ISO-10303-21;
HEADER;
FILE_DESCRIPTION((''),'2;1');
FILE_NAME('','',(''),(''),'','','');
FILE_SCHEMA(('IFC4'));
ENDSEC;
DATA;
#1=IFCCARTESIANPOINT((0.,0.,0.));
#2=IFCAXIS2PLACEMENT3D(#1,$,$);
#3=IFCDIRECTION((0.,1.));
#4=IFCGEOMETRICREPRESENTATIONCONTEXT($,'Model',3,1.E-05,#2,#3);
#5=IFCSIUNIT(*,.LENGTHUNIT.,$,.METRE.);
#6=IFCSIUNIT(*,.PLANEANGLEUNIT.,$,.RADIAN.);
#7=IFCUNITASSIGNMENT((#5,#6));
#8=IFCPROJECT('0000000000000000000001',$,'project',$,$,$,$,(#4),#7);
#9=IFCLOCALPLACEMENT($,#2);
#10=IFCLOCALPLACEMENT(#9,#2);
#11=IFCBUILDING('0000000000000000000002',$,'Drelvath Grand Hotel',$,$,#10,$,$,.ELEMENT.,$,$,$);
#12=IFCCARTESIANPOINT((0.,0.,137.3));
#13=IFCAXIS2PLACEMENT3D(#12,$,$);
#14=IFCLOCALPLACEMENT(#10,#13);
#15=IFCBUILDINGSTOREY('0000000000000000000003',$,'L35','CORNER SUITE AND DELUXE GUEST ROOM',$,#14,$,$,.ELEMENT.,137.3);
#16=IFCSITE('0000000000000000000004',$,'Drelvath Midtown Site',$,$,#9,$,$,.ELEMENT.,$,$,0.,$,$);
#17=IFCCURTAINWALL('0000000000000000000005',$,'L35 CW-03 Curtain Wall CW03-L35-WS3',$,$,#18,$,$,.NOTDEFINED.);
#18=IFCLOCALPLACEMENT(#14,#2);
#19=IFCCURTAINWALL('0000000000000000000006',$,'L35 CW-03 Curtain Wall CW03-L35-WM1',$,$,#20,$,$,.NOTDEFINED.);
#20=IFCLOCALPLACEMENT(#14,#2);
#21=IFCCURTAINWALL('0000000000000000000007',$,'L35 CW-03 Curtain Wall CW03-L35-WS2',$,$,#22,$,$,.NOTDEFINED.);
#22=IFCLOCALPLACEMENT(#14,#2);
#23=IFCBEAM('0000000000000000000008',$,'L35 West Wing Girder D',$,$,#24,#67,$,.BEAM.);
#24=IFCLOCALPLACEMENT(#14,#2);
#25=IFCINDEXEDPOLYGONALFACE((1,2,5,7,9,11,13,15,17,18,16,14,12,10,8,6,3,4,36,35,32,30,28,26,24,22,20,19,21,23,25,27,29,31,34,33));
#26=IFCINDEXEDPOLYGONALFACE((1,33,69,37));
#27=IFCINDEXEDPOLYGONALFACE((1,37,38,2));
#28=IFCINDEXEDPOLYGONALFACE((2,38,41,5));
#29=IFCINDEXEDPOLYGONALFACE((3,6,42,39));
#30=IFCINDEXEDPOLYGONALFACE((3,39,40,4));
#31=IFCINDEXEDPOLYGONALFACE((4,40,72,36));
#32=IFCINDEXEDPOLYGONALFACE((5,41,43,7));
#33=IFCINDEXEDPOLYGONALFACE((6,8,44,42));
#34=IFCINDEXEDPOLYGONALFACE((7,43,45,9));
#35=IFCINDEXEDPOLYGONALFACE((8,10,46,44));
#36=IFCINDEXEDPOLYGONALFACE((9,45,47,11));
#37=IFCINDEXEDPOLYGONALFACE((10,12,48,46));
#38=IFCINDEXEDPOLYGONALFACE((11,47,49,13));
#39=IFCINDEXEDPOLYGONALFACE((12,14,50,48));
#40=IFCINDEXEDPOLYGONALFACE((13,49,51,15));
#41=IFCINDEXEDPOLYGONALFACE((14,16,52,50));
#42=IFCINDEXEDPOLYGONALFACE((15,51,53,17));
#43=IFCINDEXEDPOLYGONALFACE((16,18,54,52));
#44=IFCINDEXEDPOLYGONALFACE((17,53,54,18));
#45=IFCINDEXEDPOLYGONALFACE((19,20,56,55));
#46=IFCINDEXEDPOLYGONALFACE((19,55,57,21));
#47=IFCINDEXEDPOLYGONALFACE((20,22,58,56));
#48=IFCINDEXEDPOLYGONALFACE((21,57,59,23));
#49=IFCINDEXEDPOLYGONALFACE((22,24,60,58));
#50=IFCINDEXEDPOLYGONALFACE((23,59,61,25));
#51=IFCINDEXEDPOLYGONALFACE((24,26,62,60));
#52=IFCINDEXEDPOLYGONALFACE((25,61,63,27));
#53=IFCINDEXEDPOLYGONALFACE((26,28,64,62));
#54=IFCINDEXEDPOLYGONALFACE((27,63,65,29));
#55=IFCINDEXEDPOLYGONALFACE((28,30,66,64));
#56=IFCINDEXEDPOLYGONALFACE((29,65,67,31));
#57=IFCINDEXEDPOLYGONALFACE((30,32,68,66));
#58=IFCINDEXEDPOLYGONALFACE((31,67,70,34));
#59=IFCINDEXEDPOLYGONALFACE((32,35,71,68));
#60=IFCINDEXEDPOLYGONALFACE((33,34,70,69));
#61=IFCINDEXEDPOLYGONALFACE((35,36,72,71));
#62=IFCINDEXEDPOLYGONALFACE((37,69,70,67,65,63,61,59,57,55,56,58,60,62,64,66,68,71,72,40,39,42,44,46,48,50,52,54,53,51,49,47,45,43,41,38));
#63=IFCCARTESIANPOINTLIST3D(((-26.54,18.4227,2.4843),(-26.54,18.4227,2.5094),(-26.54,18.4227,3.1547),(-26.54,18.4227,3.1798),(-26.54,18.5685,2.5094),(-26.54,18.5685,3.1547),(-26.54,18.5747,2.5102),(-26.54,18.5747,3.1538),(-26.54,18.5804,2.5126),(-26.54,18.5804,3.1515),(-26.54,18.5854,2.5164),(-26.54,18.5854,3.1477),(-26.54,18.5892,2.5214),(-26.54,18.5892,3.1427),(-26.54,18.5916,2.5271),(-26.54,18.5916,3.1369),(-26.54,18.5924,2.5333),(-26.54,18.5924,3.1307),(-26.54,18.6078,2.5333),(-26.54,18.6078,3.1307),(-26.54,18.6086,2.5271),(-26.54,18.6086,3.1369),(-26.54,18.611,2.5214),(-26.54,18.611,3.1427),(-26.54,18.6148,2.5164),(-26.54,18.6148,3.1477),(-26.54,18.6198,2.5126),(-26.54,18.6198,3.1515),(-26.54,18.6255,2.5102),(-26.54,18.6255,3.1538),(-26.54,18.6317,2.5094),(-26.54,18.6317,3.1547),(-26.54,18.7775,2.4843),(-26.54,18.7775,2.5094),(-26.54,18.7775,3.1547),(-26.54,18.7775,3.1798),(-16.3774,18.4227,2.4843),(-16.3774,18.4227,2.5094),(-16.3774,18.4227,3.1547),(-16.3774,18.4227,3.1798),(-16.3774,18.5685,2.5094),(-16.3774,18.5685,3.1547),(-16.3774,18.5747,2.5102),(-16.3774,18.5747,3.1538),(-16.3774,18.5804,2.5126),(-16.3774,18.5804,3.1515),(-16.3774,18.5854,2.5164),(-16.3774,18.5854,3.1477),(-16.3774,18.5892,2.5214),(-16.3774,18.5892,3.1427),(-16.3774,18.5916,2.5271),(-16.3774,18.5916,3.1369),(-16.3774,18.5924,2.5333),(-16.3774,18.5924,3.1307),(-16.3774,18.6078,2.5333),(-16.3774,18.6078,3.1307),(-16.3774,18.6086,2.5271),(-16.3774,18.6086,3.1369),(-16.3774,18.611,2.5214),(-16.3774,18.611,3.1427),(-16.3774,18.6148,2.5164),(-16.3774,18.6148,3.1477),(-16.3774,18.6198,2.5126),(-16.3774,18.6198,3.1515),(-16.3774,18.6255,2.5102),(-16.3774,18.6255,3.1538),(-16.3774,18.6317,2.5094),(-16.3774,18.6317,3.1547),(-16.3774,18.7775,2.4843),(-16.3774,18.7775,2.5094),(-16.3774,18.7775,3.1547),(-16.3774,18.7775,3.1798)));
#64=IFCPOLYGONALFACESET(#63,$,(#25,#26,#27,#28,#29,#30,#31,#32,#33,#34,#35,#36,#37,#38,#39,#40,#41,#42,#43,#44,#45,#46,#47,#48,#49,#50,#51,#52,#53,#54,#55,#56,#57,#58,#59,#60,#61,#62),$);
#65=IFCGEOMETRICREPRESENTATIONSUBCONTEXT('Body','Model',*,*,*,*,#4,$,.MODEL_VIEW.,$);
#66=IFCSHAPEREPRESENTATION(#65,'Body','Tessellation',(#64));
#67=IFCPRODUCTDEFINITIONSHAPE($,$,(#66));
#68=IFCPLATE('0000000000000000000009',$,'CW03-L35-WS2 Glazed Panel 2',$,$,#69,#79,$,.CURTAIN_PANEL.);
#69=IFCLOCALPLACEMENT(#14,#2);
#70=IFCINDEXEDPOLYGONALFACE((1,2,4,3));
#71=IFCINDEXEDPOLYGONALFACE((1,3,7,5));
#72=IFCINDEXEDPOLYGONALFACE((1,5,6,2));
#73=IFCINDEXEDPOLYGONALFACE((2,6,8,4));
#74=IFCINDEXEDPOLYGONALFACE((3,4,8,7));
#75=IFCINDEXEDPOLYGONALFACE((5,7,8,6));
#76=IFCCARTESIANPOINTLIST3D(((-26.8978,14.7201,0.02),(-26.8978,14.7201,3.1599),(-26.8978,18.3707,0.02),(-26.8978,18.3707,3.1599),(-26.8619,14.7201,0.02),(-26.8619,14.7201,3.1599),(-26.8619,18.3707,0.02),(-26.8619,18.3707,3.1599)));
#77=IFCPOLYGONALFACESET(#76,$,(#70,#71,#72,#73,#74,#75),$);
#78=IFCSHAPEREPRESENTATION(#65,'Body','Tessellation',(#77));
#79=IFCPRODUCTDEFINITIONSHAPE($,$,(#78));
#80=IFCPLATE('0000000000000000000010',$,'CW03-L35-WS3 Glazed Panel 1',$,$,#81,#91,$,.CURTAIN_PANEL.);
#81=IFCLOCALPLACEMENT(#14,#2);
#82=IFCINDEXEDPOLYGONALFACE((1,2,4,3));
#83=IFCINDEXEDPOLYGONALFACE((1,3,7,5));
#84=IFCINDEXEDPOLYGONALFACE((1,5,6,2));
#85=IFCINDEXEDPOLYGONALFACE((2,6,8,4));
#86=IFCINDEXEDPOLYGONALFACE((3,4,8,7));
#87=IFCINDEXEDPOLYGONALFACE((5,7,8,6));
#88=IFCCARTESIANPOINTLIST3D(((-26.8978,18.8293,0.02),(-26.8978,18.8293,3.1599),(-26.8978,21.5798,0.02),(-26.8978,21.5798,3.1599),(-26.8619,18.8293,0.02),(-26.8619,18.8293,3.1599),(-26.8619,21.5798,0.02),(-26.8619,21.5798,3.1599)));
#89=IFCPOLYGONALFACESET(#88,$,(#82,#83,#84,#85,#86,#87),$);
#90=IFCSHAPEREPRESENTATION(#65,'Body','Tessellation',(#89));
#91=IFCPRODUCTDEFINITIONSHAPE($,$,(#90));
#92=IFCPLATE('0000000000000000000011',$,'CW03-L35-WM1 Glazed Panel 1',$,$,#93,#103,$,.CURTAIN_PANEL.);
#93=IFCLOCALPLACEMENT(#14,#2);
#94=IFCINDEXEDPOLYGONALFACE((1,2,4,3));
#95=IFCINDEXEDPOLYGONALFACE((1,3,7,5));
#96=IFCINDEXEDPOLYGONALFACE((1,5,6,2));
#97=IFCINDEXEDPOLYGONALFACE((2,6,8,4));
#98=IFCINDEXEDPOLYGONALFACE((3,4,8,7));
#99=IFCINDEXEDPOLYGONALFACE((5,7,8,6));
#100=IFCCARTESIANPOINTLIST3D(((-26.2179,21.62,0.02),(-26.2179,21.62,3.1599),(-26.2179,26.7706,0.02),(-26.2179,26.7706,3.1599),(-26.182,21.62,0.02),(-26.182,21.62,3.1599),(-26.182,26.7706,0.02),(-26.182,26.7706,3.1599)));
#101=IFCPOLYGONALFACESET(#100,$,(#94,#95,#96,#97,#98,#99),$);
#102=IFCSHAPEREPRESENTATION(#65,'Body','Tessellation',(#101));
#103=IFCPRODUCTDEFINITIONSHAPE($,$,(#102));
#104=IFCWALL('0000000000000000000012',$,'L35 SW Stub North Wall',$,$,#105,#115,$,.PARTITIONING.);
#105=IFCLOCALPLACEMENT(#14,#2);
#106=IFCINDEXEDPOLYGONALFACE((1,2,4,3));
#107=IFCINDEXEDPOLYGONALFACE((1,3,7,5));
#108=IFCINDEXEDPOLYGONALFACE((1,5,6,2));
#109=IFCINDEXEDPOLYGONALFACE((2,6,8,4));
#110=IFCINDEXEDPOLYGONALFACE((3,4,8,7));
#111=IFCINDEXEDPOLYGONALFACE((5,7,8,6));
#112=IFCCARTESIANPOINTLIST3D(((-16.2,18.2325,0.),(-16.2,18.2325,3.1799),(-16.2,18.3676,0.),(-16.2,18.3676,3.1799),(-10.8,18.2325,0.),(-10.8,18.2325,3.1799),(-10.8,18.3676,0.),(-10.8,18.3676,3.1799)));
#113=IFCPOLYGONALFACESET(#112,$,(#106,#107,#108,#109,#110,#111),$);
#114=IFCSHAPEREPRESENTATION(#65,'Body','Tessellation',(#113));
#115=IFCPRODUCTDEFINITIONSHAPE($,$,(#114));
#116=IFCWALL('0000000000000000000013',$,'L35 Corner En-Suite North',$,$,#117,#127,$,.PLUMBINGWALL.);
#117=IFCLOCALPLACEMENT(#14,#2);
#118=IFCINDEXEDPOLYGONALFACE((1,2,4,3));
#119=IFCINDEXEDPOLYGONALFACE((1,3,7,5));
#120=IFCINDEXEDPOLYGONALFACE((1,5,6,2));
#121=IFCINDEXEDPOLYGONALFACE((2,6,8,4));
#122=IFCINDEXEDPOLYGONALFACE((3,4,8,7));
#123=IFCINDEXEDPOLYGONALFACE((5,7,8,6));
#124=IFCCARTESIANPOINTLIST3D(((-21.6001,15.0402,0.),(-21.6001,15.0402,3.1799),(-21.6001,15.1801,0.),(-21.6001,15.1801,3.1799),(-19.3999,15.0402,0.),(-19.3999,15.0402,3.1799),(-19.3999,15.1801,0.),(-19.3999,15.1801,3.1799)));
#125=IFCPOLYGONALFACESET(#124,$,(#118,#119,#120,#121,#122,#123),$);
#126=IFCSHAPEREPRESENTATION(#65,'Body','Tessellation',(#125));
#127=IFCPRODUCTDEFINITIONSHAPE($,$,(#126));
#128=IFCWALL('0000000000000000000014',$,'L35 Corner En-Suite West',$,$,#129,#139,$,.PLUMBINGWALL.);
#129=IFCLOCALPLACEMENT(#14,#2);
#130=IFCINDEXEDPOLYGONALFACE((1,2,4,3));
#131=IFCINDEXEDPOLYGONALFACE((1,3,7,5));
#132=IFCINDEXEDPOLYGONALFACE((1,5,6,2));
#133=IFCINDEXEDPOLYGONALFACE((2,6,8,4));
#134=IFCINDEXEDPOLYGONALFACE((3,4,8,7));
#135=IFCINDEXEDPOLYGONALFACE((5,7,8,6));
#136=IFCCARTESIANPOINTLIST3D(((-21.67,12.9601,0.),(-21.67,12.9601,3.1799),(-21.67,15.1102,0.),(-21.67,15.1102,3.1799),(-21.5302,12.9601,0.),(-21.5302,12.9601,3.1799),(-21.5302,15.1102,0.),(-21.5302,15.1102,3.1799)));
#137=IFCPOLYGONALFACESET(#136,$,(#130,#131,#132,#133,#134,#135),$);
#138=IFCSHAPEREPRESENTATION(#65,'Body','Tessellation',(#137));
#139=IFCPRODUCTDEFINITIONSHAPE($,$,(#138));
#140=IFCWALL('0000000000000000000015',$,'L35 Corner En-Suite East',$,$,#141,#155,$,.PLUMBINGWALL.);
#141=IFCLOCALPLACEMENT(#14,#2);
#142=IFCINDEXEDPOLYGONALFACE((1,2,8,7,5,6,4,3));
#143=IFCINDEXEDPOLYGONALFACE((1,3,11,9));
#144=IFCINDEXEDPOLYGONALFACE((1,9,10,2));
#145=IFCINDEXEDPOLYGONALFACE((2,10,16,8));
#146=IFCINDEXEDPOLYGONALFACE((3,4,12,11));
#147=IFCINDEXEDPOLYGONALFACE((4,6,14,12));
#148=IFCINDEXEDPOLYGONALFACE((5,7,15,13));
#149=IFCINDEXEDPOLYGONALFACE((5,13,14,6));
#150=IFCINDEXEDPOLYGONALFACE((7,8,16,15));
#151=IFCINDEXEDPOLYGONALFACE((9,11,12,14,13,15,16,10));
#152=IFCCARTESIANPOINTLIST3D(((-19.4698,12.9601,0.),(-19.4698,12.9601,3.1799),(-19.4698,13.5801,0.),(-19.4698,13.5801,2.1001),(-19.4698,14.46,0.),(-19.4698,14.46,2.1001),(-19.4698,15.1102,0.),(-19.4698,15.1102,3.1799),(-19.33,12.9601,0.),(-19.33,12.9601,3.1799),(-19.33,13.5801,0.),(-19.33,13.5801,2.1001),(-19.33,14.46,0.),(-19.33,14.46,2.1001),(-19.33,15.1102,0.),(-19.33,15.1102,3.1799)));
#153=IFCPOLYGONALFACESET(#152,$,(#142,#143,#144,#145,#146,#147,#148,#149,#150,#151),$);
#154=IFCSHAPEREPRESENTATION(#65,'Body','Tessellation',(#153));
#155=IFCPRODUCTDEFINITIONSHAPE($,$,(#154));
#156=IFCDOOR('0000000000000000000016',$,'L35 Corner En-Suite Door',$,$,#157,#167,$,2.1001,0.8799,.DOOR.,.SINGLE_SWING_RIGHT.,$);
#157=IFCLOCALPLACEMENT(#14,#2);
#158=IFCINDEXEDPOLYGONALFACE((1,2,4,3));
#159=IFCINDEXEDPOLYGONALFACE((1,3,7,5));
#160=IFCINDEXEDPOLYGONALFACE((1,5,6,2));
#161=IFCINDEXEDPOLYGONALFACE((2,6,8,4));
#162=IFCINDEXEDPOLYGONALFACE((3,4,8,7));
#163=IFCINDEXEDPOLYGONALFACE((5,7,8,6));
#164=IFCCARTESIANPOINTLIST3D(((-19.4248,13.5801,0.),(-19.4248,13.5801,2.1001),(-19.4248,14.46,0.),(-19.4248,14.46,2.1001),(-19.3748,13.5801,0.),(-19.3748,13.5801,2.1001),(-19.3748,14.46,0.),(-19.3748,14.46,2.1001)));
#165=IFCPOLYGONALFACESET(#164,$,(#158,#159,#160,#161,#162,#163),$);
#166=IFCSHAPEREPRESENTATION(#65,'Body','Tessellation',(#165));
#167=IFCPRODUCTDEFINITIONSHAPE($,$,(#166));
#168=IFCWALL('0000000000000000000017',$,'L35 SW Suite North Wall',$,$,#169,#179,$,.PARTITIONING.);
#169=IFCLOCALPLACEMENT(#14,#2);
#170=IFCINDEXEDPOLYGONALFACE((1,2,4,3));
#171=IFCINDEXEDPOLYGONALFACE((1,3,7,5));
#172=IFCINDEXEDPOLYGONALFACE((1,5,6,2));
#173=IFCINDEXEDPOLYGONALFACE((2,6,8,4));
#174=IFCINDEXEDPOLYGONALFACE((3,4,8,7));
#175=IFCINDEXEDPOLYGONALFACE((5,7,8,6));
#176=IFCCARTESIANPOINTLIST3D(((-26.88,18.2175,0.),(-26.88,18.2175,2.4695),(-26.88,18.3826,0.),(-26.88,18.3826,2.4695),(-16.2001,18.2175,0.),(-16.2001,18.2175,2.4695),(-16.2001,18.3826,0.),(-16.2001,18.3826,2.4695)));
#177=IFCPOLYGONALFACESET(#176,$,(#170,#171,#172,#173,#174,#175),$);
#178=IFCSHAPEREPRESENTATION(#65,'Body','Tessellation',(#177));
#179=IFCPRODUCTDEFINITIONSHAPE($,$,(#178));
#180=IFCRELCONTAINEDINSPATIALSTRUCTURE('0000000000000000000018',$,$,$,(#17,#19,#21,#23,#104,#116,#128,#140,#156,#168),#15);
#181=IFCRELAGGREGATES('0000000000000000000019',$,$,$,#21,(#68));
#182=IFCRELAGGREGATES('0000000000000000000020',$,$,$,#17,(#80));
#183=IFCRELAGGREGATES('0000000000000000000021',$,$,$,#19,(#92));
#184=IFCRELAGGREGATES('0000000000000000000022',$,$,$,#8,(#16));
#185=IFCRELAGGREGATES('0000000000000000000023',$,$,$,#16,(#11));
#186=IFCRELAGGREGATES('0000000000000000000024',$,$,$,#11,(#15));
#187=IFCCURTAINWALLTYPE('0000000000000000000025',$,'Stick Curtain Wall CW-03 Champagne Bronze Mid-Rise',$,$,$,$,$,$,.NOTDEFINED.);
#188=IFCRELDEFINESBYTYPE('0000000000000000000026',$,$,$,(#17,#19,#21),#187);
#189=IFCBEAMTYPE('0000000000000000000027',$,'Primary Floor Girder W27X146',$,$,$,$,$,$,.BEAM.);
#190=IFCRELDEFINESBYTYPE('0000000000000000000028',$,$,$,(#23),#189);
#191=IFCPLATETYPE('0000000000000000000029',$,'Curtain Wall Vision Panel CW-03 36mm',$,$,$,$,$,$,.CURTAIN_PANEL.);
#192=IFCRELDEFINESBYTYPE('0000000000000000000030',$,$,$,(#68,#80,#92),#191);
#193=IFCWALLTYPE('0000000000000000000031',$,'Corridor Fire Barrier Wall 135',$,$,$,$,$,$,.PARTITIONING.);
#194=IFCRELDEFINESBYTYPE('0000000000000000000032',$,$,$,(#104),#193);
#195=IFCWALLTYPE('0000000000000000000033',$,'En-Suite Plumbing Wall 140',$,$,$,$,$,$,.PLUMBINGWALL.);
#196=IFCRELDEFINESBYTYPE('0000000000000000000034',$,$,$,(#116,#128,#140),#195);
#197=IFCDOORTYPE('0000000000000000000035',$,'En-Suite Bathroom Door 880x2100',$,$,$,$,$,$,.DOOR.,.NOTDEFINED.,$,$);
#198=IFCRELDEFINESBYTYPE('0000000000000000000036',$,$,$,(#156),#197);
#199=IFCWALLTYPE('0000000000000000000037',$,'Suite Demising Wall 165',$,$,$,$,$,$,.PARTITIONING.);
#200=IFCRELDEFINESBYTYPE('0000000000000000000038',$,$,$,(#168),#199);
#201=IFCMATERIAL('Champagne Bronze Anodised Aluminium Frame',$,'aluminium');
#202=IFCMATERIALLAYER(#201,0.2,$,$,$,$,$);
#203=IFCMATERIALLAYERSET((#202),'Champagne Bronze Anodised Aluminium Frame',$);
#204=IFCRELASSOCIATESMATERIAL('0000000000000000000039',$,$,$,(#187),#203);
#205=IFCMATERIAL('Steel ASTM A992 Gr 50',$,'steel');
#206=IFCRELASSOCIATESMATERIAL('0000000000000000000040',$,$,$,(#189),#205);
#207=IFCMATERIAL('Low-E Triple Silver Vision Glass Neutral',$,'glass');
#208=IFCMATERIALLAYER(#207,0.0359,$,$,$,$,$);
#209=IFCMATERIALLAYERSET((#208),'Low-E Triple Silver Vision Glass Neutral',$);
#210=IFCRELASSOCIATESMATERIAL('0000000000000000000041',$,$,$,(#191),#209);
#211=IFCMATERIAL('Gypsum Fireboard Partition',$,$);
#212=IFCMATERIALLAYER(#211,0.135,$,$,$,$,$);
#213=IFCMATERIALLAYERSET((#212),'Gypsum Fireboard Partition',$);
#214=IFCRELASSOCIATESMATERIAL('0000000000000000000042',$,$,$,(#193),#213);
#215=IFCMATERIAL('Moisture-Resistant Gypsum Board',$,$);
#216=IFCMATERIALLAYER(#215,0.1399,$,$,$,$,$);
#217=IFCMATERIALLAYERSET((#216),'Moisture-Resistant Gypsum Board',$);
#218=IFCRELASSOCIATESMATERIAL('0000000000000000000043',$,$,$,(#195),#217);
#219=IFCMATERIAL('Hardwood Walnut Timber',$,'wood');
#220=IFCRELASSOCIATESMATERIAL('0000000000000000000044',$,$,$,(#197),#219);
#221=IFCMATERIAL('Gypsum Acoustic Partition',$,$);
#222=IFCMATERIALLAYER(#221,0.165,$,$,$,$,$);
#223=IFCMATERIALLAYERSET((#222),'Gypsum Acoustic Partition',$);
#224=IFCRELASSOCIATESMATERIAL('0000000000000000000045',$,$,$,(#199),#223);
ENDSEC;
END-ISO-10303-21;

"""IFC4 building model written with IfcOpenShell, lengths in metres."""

from ifc_helpers import new_model, si_unit, direction, frame, frame_2d, origin, origin_2d, place, context, subcontext, project, spatial, rectangle, i_section, extrude, material, layer, layer_set, material_profile, profile_set, type_object, element, fill, aggregate, save


model = new_model("IFC4")

# Units and contexts
model_context = context("Model", 3, precision=1e-05, world=origin(), true_north=direction((0.0, 1.0)))
body_context = subcontext(model_context, "Body", "Model", "MODEL_VIEW")
ifc_project = project(units=[si_unit("LENGTHUNIT", "METRE"), si_unit("PLANEANGLEUNIT", "RADIAN")], contexts=[model_context])

# Site, building, storey
site_placement = place(None, origin())
site = spatial("IfcSite", under=ifc_project, at=site_placement, Name="Drelvath Midtown Site", CompositionType="ELEMENT", RefElevation=0.0)
building_placement = place(site_placement, origin())
building = spatial("IfcBuilding", under=site, at=building_placement, Name="Drelvath Grand Hotel", CompositionType="ELEMENT")
storey_placement = place(building_placement, frame((0.0, 0.0, 137.3)))
storey = spatial("IfcBuildingStorey", under=building, at=storey_placement, Name="L35", Description="CORNER SUITE AND DELUXE GUEST ROOM", CompositionType="ELEMENT", Elevation=137.3)

# Shared definitions
ifc_material_1 = material(Name="Steel ASTM A992 Gr 50", Category="steel")

# Curtain walls
ifc_material_2 = material(Name="Champagne Bronze Anodised Aluminium Frame", Category="aluminium")
ifc_layer_1 = layer(ifc_material_2, 0.2)
ifc_layer_set_1 = layer_set([ifc_layer_1], Name="Champagne Bronze Anodised Aluminium Frame")
curtain_wall_type = type_object("IfcCurtainWallType", Name="Stick Curtain Wall CW-03 Champagne Bronze Mid-Rise", PredefinedType="NOTDEFINED", material=ifc_layer_set_1)
curtain_wall_1_placement = place(storey_placement, origin())
curtain_wall_1 = element("IfcCurtainWall", 1, at=curtain_wall_1_placement, inside=storey, type_object=curtain_wall_type, Name="L35 CW-03 Curtain Wall CW03-L35-WS3", PredefinedType="NOTDEFINED")
curtain_wall_2_placement = place(storey_placement, origin())
curtain_wall_2 = element("IfcCurtainWall", 2, at=curtain_wall_2_placement, inside=storey, type_object=curtain_wall_type, Name="L35 CW-03 Curtain Wall CW03-L35-WM1", PredefinedType="NOTDEFINED")

# Curtain wall
curtain_wall_3_placement = place(storey_placement, origin())
curtain_wall_3 = element("IfcCurtainWall", 3, at=curtain_wall_3_placement, inside=storey, type_object=curtain_wall_type, Name="L35 CW-03 Curtain Wall CW03-L35-WS2", PredefinedType="NOTDEFINED")

# Beam
ifc_material_profile_1 = material_profile(ifc_material_1, i_section(OverallWidth=0.3547, OverallDepth=0.6956, WebThickness=0.0154, FlangeThickness=0.0251, FilletRadius=0.0239, at=origin_2d()), Name="W27X146")
ifc_profile_set_1 = profile_set([ifc_material_profile_1], Name="Steel ASTM A992 Gr 50")
beam_type_1 = type_object("IfcBeamType", Name="Primary Floor Girder W27X146", PredefinedType="BEAM", material=ifc_profile_set_1)
beam_1_placement = place(storey_placement, frame((-26.54, 18.6001, 2.832), z_axis=(1.0, 0.0, 0.0), x_axis=(0.0, 1.0, 0.0)))
element("IfcBeam", 4, at=beam_1_placement, inside=storey, type_object=beam_type_1, Name="L35 West Wing Girder D", PredefinedType="BEAM", context=body_context, shape_type="SweptSolid", body=[
    extrude(i_section(OverallWidth=0.3547, OverallDepth=0.6956, WebThickness=0.0154, FlangeThickness=0.0251, FilletRadius=0.0239, at=origin_2d()), origin(), (0.0, 0.0, 1.0), 10.1626),
])

# Plates
ifc_material_3 = material(Name="Low-E Triple Silver Vision Glass Neutral", Category="glass")
ifc_layer_2 = layer(ifc_material_3, 0.0359)
ifc_layer_set_2 = layer_set([ifc_layer_2], Name="Low-E Triple Silver Vision Glass Neutral")
plate_type = type_object("IfcPlateType", Name="Curtain Wall Vision Panel CW-03 36mm", PredefinedType="CURTAIN_PANEL", material=ifc_layer_set_2)
plate_1_placement = place(storey_placement, frame((-26.8799, 16.5454, 0.02), z_axis=(0.0, 0.0, 1.0), x_axis=(0.0, 1.0, 0.0)))
plate_1 = element("IfcPlate", 5, at=plate_1_placement, type_object=plate_type, Name="CW03-L35-WS2 Glazed Panel 2", PredefinedType="CURTAIN_PANEL", context=body_context, shape_type="SweptSolid", body=[
    extrude(rectangle(XDim=3.6506, YDim=0.0359, at=origin_2d()), origin(), (0.0, 0.0, 1.0), 3.1399),
])
aggregate(curtain_wall_3, [plate_1])
plate_2_placement = place(storey_placement, frame((-26.8799, 20.2046, 0.02), z_axis=(0.0, 0.0, 1.0), x_axis=(0.0, 1.0, 0.0)))
plate_2 = element("IfcPlate", 6, at=plate_2_placement, type_object=plate_type, Name="CW03-L35-WS3 Glazed Panel 1", PredefinedType="CURTAIN_PANEL", context=body_context, shape_type="SweptSolid", body=[
    extrude(rectangle(XDim=2.7505, YDim=0.0359, at=origin_2d()), origin(), (0.0, 0.0, 1.0), 3.1399),
])
aggregate(curtain_wall_1, [plate_2])
plate_3_placement = place(storey_placement, frame((-26.2, 24.1953, 0.02), z_axis=(0.0, 0.0, 1.0), x_axis=(0.0, 1.0, 0.0)))
plate_3 = element("IfcPlate", 7, at=plate_3_placement, type_object=plate_type, Name="CW03-L35-WM1 Glazed Panel 1", PredefinedType="CURTAIN_PANEL", context=body_context, shape_type="SweptSolid", body=[
    extrude(rectangle(XDim=5.1506, YDim=0.0359, at=origin_2d()), origin(), (0.0, 0.0, 1.0), 3.1399),
])
aggregate(curtain_wall_2, [plate_3])

# Wall
ifc_material_4 = material(Name="Gypsum Fireboard Partition")
ifc_layer_3 = layer(ifc_material_4, 0.135)
ifc_layer_set_3 = layer_set([ifc_layer_3], Name="Gypsum Fireboard Partition")
wall_type_1 = type_object("IfcWallType", Name="Corridor Fire Barrier Wall 135", PredefinedType="PARTITIONING", material=ifc_layer_set_3)
wall_1_placement = place(storey_placement, frame((-16.2, 18.3, 0.0), z_axis=(0.0, 0.0, 1.0), x_axis=(1.0, 0.0, 0.0)))
element("IfcWall", 8, at=wall_1_placement, inside=storey, type_object=wall_type_1, Name="L35 SW Stub North Wall", PredefinedType="PARTITIONING", context=body_context, shape_type="SweptSolid", body=[
    extrude(rectangle(XDim=5.3999, YDim=0.135, at=frame_2d((2.7, 0.0))), origin(), (0.0, 0.0, 1.0), 3.1799),
])

# Shared definitions
ifc_material_5 = material(Name="Hardwood Walnut Timber", Category="wood")

# Walls
ifc_material_6 = material(Name="Moisture-Resistant Gypsum Board")
ifc_layer_4 = layer(ifc_material_6, 0.1399)
ifc_layer_set_4 = layer_set([ifc_layer_4], Name="Moisture-Resistant Gypsum Board")
wall_type_2 = type_object("IfcWallType", Name="En-Suite Plumbing Wall 140", PredefinedType="PLUMBINGWALL", material=ifc_layer_set_4)
wall_2_placement = place(storey_placement, frame((-21.6001, 15.1101, 0.0), z_axis=(0.0, 0.0, 1.0), x_axis=(1.0, 0.0, 0.0)))
element("IfcWall", 9, at=wall_2_placement, inside=storey, type_object=wall_type_2, Name="L35 Corner En-Suite North", PredefinedType="PLUMBINGWALL", context=body_context, shape_type="SweptSolid", body=[
    extrude(rectangle(XDim=2.2002, YDim=0.1399, at=frame_2d((1.1001, 0.0))), origin(), (0.0, 0.0, 1.0), 3.1799),
])
wall_3_placement = place(storey_placement, frame((-21.6001, 12.96, 0.0), z_axis=(0.0, 0.0, 1.0), x_axis=(0.0, 1.0, 0.0)))
element("IfcWall", 10, at=wall_3_placement, inside=storey, type_object=wall_type_2, Name="L35 Corner En-Suite West", PredefinedType="PLUMBINGWALL", context=body_context, shape_type="SweptSolid", body=[
    extrude(rectangle(XDim=2.1501, YDim=0.1399, at=frame_2d((1.0752, 0.0))), origin(), (0.0, 0.0, 1.0), 3.1799),
])

# Wall, opening, door
wall_4_placement = place(storey_placement, frame((-19.3999, 12.96, 0.0), z_axis=(0.0, 0.0, 1.0), x_axis=(0.0, 1.0, 0.0)))
wall_4 = element("IfcWall", 11, at=wall_4_placement, inside=storey, type_object=wall_type_2, Name="L35 Corner En-Suite East", PredefinedType="PLUMBINGWALL", context=body_context, shape_type="SweptSolid", body=[
    extrude(rectangle(XDim=2.1501, YDim=0.1399, at=frame_2d((1.0752, 0.0))), origin(), (0.0, 0.0, 1.0), 3.1799),
])
opening_1_placement = place(wall_4_placement, frame((0.6201, 0.0, 0.0)))
opening_1 = element("IfcOpeningElement", 12, at=opening_1_placement, cuts=wall_4, PredefinedType="OPENING", context=body_context, shape_type="SweptSolid", body=[
    extrude(rectangle(XDim=0.8799, YDim=2.1001, at=frame_2d((0.4399, 1.05))), frame((0.0, 0.0798, 0.0), z_axis=(0.0, -1.0, 0.0), x_axis=(1.0, 0.0, 0.0)), (0.0, 0.0, 1.0), 0.1599),
])
door_type_1 = type_object("IfcDoorType", Name="En-Suite Bathroom Door 880x2100", OperationType="NOTDEFINED", PredefinedType="DOOR", material=ifc_material_5)
door_1_placement = place(opening_1_placement, origin())
door_1 = element("IfcDoor", 13, at=door_1_placement, inside=storey, type_object=door_type_1, Name="L35 Corner En-Suite Door", OperationType="SINGLE_SWING_RIGHT", OverallHeight=2.1001, OverallWidth=0.8799, PredefinedType="DOOR", context=body_context, shape_type="SweptSolid", body=[
    extrude(rectangle(XDim=0.8799, YDim=2.1001, at=frame_2d((0.4399, 1.05))), frame((0.0, 0.0249, 0.0), z_axis=(0.0, -1.0, 0.0), x_axis=(1.0, 0.0, 0.0)), (0.0, 0.0, 1.0), 0.05),
])
fill(opening_1, door_1)

# Wall
ifc_material_7 = material(Name="Gypsum Acoustic Partition")
ifc_layer_5 = layer(ifc_material_7, 0.165)
ifc_layer_set_5 = layer_set([ifc_layer_5], Name="Gypsum Acoustic Partition")
wall_type_3 = type_object("IfcWallType", Name="Suite Demising Wall 165", PredefinedType="PARTITIONING", material=ifc_layer_set_5)
wall_5_placement = place(storey_placement, frame((-26.8799, 18.3, 0.0), z_axis=(0.0, 0.0, 1.0), x_axis=(1.0, 0.0, 0.0)))
element("IfcWall", 14, at=wall_5_placement, inside=storey, type_object=wall_type_3, Name="L35 SW Suite North Wall", PredefinedType="PARTITIONING", context=body_context, shape_type="SweptSolid", body=[
    extrude(rectangle(XDim=10.6799, YDim=0.165, at=frame_2d((5.3398, 0.0))), origin(), (0.0, 0.0, 1.0), 2.4695),
])

save(model, "model.ifc")
